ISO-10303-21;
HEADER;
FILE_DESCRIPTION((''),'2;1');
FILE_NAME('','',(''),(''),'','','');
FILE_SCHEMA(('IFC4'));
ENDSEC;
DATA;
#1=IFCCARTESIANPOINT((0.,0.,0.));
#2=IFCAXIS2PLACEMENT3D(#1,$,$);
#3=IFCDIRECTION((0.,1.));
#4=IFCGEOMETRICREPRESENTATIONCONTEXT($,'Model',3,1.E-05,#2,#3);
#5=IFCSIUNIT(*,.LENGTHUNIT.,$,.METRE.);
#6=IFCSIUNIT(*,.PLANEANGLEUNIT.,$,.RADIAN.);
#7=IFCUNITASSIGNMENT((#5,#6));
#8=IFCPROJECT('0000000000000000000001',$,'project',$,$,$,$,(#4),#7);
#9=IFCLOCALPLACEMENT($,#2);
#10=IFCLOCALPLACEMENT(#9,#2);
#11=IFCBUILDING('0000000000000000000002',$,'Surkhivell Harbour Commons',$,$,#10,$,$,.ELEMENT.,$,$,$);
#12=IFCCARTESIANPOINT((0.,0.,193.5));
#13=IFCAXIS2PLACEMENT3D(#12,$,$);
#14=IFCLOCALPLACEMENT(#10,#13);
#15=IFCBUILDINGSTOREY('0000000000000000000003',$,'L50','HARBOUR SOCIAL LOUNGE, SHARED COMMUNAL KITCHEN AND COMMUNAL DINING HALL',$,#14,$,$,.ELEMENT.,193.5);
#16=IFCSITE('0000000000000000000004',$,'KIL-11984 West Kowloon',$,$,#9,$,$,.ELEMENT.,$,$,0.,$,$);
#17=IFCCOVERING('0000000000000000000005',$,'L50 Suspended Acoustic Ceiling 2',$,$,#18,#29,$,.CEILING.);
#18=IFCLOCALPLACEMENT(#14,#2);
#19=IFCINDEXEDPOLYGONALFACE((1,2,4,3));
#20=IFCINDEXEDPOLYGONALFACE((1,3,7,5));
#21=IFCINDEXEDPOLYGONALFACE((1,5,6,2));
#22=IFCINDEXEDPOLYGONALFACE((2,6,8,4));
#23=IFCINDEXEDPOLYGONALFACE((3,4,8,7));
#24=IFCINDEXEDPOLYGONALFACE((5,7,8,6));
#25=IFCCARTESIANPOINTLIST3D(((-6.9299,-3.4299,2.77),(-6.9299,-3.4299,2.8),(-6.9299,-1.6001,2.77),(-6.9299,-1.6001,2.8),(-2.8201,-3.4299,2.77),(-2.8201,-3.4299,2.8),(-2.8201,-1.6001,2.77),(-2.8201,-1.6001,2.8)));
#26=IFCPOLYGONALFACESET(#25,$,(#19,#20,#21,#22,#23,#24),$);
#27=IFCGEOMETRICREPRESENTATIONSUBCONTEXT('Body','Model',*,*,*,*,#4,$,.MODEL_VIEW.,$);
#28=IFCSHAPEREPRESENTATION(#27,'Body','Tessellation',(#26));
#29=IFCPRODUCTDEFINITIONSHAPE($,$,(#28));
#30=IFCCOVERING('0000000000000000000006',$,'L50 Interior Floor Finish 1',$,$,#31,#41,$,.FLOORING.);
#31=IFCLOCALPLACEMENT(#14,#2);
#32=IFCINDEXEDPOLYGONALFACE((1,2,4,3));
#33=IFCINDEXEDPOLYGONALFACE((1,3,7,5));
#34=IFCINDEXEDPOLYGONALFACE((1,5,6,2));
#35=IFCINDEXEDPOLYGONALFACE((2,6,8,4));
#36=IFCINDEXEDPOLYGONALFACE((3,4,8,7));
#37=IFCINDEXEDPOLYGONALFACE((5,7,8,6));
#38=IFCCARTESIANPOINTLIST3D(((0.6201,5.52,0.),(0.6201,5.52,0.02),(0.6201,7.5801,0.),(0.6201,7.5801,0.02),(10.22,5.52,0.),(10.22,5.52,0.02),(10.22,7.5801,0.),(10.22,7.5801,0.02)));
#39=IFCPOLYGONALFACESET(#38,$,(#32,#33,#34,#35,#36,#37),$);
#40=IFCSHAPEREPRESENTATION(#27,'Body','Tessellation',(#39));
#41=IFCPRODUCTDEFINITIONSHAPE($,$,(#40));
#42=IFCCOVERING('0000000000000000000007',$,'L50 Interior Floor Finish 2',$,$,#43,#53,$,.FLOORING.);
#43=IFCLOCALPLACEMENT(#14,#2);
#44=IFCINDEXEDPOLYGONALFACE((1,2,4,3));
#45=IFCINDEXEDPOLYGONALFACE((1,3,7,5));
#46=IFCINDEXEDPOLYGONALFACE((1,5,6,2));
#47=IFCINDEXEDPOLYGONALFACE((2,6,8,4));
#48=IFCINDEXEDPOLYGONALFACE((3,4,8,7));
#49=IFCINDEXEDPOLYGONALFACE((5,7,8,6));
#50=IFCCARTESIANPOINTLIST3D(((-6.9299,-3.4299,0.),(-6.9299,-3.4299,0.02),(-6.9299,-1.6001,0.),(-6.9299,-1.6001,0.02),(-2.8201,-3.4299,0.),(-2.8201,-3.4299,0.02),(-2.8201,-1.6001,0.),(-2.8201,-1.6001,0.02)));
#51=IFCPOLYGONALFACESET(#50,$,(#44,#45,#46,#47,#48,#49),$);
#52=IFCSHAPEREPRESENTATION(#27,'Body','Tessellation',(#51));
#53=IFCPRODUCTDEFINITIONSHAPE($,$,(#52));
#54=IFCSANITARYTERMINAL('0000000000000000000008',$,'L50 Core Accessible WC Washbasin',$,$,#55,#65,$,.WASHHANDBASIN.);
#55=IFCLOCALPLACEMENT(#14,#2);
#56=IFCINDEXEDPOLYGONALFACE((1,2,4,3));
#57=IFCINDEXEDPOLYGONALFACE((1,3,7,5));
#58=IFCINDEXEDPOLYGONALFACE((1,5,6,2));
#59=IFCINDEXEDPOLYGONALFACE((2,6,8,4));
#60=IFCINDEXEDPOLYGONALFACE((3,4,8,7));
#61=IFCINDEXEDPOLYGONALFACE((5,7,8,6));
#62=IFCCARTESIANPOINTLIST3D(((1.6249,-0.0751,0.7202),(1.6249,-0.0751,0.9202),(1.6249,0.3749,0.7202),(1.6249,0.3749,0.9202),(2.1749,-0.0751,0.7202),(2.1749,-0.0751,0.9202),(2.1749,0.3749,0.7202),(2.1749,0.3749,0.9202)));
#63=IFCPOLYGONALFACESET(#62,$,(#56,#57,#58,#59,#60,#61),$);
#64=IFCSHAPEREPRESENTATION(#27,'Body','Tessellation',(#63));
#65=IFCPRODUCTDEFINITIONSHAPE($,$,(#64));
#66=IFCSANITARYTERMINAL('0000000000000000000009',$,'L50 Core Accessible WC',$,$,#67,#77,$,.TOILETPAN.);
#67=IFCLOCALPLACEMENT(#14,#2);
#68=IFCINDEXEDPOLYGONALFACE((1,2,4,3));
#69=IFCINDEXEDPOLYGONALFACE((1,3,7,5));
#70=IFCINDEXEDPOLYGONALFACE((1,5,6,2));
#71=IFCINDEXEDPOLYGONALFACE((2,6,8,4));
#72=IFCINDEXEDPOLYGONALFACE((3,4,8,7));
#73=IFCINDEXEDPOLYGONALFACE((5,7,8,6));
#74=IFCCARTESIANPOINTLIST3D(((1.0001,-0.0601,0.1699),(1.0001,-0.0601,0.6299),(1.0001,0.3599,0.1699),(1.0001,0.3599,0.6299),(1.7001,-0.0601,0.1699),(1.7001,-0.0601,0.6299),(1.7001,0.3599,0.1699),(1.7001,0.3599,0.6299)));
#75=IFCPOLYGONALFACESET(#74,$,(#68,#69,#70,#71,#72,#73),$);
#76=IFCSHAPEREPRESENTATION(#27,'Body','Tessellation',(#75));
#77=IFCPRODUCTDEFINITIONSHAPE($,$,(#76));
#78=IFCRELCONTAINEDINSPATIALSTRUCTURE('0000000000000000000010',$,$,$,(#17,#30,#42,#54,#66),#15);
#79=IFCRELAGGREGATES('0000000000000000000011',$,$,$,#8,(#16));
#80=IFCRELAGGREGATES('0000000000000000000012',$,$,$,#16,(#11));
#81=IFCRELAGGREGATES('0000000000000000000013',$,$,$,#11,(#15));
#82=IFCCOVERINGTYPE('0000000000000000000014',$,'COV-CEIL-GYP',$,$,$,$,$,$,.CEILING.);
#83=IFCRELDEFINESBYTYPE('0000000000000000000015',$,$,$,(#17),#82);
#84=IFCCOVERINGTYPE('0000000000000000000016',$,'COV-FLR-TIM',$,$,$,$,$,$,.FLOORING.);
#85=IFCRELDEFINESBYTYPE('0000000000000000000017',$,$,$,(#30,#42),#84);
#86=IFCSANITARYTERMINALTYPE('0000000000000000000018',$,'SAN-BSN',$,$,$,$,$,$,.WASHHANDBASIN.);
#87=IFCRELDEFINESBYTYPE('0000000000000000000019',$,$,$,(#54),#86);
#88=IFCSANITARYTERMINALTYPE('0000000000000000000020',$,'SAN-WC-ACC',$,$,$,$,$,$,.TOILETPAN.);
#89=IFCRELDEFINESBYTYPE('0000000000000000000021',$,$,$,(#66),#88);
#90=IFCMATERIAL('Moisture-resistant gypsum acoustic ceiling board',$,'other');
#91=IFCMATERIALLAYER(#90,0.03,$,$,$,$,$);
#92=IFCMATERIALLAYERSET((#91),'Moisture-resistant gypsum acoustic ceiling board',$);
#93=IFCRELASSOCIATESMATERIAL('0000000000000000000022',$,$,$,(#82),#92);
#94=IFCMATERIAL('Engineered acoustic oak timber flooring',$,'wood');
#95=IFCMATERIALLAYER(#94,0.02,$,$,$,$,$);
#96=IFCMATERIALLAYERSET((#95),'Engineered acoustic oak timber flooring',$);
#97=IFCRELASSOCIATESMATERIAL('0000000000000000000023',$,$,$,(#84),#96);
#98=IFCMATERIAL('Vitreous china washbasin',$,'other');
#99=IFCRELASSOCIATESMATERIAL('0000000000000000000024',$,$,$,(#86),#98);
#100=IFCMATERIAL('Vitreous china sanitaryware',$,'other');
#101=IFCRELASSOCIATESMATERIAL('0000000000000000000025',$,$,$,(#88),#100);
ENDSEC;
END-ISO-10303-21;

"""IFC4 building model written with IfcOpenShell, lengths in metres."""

from ifc_helpers import new_model, si_unit, direction, frame, origin, origin_2d, place, context, subcontext, project, spatial, polyline, rectangle, outline, extrude, material, layer, layer_set, type_object, element, save


model = new_model("IFC4")

# Units and contexts
model_context = context("Model", 3, precision=1e-05, world=origin(), true_north=direction((0.0, 1.0)))
body_context = subcontext(model_context, "Body", "Model", "MODEL_VIEW")
ifc_project = project(units=[si_unit("LENGTHUNIT", "METRE"), si_unit("PLANEANGLEUNIT", "RADIAN")], contexts=[model_context])

# Site, building, storey
site_placement = place(None, origin())
site = spatial("IfcSite", under=ifc_project, at=site_placement, Name="KIL-11984 West Kowloon", CompositionType="ELEMENT", RefElevation=0.0)
building_placement = place(site_placement, origin())
building = spatial("IfcBuilding", under=site, at=building_placement, Name="Surkhivell Harbour Commons", CompositionType="ELEMENT")
storey_placement = place(building_placement, frame((0.0, 0.0, 193.5)))
storey = spatial("IfcBuildingStorey", under=building, at=storey_placement, Name="L50", Description="HARBOUR SOCIAL LOUNGE, SHARED COMMUNAL KITCHEN AND COMMUNAL DINING HALL", CompositionType="ELEMENT", Elevation=193.5)

# Coverings
ifc_material_1 = material(Name="Moisture-resistant gypsum acoustic ceiling board", Category="other")
ifc_layer_1 = layer(ifc_material_1, 0.03)
ifc_layer_set_1 = layer_set([ifc_layer_1], Name="Moisture-resistant gypsum acoustic ceiling board")
covering_type_1 = type_object("IfcCoveringType", Name="COV-CEIL-GYP", PredefinedType="CEILING", material=ifc_layer_set_1)
covering_1_placement = place(storey_placement, frame((0.0, 0.0, 2.77)))
element("IfcCovering", 1, at=covering_1_placement, inside=storey, type_object=covering_type_1, Name="L50 Suspended Acoustic Ceiling 2", PredefinedType="CEILING", context=body_context, shape_type="SweptSolid", body=[
    extrude(outline(polyline([(-6.9299, -3.4299), (-2.8201, -3.4299), (-2.8201, -1.6001), (-6.9299, -1.6001), (-6.9299, -3.4299)])), origin(), (0.0, 0.0, 1.0), 0.03),
])
ifc_material_2 = material(Name="Engineered acoustic oak timber flooring", Category="wood")
ifc_layer_2 = layer(ifc_material_2, 0.02)
ifc_layer_set_2 = layer_set([ifc_layer_2], Name="Engineered acoustic oak timber flooring")
covering_type_2 = type_object("IfcCoveringType", Name="COV-FLR-TIM", PredefinedType="FLOORING", material=ifc_layer_set_2)
covering_2_placement = place(storey_placement, origin())
element("IfcCovering", 2, at=covering_2_placement, inside=storey, type_object=covering_type_2, Name="L50 Interior Floor Finish 1", PredefinedType="FLOORING", context=body_context, shape_type="SweptSolid", body=[
    extrude(outline(polyline([(0.6201, 5.52), (10.22, 5.52), (10.22, 7.5801), (0.6201, 7.5801), (0.6201, 5.52)])), origin(), (0.0, 0.0, 1.0), 0.02),
])
covering_3_placement = place(storey_placement, origin())
element("IfcCovering", 3, at=covering_3_placement, inside=storey, type_object=covering_type_2, Name="L50 Interior Floor Finish 2", PredefinedType="FLOORING", context=body_context, shape_type="SweptSolid", body=[
    extrude(outline(polyline([(-6.9299, -3.4299), (-2.8201, -3.4299), (-2.8201, -1.6001), (-6.9299, -1.6001), (-6.9299, -3.4299)])), origin(), (0.0, 0.0, 1.0), 0.02),
])

# Sanitary terminals
ifc_material_3 = material(Name="Vitreous china washbasin", Category="other")
sanitary_terminal_type_1 = type_object("IfcSanitaryTerminalType", Name="SAN-BSN", PredefinedType="WASHHANDBASIN", material=ifc_material_3)
sanitary_terminal_1_placement = place(storey_placement, frame((1.8999, 0.1499, 0.7202), z_axis=(0.0, 0.0, 1.0), x_axis=(1.0, 0.0, 0.0)))
element("IfcSanitaryTerminal", 4, at=sanitary_terminal_1_placement, inside=storey, type_object=sanitary_terminal_type_1, Name="L50 Core Accessible WC Washbasin", PredefinedType="WASHHANDBASIN", context=body_context, shape_type="SweptSolid", body=[
    extrude(rectangle(XDim=0.55, YDim=0.45, at=origin_2d()), origin(), (0.0, 0.0, 1.0), 0.2),
])
ifc_material_4 = material(Name="Vitreous china sanitaryware", Category="other")
sanitary_terminal_type_2 = type_object("IfcSanitaryTerminalType", Name="SAN-WC-ACC", PredefinedType="TOILETPAN", material=ifc_material_4)
sanitary_terminal_2_placement = place(storey_placement, frame((1.3501, 0.1499, 0.1699), z_axis=(0.0, 0.0, 1.0), x_axis=(1.0, 0.0, 0.0)))
element("IfcSanitaryTerminal", 5, at=sanitary_terminal_2_placement, inside=storey, type_object=sanitary_terminal_type_2, Name="L50 Core Accessible WC", PredefinedType="TOILETPAN", context=body_context, shape_type="SweptSolid", body=[
    extrude(rectangle(XDim=0.7, YDim=0.4199, at=origin_2d()), origin(), (0.0, 0.0, 1.0), 0.46),
])

save(model, "model.ifc")
